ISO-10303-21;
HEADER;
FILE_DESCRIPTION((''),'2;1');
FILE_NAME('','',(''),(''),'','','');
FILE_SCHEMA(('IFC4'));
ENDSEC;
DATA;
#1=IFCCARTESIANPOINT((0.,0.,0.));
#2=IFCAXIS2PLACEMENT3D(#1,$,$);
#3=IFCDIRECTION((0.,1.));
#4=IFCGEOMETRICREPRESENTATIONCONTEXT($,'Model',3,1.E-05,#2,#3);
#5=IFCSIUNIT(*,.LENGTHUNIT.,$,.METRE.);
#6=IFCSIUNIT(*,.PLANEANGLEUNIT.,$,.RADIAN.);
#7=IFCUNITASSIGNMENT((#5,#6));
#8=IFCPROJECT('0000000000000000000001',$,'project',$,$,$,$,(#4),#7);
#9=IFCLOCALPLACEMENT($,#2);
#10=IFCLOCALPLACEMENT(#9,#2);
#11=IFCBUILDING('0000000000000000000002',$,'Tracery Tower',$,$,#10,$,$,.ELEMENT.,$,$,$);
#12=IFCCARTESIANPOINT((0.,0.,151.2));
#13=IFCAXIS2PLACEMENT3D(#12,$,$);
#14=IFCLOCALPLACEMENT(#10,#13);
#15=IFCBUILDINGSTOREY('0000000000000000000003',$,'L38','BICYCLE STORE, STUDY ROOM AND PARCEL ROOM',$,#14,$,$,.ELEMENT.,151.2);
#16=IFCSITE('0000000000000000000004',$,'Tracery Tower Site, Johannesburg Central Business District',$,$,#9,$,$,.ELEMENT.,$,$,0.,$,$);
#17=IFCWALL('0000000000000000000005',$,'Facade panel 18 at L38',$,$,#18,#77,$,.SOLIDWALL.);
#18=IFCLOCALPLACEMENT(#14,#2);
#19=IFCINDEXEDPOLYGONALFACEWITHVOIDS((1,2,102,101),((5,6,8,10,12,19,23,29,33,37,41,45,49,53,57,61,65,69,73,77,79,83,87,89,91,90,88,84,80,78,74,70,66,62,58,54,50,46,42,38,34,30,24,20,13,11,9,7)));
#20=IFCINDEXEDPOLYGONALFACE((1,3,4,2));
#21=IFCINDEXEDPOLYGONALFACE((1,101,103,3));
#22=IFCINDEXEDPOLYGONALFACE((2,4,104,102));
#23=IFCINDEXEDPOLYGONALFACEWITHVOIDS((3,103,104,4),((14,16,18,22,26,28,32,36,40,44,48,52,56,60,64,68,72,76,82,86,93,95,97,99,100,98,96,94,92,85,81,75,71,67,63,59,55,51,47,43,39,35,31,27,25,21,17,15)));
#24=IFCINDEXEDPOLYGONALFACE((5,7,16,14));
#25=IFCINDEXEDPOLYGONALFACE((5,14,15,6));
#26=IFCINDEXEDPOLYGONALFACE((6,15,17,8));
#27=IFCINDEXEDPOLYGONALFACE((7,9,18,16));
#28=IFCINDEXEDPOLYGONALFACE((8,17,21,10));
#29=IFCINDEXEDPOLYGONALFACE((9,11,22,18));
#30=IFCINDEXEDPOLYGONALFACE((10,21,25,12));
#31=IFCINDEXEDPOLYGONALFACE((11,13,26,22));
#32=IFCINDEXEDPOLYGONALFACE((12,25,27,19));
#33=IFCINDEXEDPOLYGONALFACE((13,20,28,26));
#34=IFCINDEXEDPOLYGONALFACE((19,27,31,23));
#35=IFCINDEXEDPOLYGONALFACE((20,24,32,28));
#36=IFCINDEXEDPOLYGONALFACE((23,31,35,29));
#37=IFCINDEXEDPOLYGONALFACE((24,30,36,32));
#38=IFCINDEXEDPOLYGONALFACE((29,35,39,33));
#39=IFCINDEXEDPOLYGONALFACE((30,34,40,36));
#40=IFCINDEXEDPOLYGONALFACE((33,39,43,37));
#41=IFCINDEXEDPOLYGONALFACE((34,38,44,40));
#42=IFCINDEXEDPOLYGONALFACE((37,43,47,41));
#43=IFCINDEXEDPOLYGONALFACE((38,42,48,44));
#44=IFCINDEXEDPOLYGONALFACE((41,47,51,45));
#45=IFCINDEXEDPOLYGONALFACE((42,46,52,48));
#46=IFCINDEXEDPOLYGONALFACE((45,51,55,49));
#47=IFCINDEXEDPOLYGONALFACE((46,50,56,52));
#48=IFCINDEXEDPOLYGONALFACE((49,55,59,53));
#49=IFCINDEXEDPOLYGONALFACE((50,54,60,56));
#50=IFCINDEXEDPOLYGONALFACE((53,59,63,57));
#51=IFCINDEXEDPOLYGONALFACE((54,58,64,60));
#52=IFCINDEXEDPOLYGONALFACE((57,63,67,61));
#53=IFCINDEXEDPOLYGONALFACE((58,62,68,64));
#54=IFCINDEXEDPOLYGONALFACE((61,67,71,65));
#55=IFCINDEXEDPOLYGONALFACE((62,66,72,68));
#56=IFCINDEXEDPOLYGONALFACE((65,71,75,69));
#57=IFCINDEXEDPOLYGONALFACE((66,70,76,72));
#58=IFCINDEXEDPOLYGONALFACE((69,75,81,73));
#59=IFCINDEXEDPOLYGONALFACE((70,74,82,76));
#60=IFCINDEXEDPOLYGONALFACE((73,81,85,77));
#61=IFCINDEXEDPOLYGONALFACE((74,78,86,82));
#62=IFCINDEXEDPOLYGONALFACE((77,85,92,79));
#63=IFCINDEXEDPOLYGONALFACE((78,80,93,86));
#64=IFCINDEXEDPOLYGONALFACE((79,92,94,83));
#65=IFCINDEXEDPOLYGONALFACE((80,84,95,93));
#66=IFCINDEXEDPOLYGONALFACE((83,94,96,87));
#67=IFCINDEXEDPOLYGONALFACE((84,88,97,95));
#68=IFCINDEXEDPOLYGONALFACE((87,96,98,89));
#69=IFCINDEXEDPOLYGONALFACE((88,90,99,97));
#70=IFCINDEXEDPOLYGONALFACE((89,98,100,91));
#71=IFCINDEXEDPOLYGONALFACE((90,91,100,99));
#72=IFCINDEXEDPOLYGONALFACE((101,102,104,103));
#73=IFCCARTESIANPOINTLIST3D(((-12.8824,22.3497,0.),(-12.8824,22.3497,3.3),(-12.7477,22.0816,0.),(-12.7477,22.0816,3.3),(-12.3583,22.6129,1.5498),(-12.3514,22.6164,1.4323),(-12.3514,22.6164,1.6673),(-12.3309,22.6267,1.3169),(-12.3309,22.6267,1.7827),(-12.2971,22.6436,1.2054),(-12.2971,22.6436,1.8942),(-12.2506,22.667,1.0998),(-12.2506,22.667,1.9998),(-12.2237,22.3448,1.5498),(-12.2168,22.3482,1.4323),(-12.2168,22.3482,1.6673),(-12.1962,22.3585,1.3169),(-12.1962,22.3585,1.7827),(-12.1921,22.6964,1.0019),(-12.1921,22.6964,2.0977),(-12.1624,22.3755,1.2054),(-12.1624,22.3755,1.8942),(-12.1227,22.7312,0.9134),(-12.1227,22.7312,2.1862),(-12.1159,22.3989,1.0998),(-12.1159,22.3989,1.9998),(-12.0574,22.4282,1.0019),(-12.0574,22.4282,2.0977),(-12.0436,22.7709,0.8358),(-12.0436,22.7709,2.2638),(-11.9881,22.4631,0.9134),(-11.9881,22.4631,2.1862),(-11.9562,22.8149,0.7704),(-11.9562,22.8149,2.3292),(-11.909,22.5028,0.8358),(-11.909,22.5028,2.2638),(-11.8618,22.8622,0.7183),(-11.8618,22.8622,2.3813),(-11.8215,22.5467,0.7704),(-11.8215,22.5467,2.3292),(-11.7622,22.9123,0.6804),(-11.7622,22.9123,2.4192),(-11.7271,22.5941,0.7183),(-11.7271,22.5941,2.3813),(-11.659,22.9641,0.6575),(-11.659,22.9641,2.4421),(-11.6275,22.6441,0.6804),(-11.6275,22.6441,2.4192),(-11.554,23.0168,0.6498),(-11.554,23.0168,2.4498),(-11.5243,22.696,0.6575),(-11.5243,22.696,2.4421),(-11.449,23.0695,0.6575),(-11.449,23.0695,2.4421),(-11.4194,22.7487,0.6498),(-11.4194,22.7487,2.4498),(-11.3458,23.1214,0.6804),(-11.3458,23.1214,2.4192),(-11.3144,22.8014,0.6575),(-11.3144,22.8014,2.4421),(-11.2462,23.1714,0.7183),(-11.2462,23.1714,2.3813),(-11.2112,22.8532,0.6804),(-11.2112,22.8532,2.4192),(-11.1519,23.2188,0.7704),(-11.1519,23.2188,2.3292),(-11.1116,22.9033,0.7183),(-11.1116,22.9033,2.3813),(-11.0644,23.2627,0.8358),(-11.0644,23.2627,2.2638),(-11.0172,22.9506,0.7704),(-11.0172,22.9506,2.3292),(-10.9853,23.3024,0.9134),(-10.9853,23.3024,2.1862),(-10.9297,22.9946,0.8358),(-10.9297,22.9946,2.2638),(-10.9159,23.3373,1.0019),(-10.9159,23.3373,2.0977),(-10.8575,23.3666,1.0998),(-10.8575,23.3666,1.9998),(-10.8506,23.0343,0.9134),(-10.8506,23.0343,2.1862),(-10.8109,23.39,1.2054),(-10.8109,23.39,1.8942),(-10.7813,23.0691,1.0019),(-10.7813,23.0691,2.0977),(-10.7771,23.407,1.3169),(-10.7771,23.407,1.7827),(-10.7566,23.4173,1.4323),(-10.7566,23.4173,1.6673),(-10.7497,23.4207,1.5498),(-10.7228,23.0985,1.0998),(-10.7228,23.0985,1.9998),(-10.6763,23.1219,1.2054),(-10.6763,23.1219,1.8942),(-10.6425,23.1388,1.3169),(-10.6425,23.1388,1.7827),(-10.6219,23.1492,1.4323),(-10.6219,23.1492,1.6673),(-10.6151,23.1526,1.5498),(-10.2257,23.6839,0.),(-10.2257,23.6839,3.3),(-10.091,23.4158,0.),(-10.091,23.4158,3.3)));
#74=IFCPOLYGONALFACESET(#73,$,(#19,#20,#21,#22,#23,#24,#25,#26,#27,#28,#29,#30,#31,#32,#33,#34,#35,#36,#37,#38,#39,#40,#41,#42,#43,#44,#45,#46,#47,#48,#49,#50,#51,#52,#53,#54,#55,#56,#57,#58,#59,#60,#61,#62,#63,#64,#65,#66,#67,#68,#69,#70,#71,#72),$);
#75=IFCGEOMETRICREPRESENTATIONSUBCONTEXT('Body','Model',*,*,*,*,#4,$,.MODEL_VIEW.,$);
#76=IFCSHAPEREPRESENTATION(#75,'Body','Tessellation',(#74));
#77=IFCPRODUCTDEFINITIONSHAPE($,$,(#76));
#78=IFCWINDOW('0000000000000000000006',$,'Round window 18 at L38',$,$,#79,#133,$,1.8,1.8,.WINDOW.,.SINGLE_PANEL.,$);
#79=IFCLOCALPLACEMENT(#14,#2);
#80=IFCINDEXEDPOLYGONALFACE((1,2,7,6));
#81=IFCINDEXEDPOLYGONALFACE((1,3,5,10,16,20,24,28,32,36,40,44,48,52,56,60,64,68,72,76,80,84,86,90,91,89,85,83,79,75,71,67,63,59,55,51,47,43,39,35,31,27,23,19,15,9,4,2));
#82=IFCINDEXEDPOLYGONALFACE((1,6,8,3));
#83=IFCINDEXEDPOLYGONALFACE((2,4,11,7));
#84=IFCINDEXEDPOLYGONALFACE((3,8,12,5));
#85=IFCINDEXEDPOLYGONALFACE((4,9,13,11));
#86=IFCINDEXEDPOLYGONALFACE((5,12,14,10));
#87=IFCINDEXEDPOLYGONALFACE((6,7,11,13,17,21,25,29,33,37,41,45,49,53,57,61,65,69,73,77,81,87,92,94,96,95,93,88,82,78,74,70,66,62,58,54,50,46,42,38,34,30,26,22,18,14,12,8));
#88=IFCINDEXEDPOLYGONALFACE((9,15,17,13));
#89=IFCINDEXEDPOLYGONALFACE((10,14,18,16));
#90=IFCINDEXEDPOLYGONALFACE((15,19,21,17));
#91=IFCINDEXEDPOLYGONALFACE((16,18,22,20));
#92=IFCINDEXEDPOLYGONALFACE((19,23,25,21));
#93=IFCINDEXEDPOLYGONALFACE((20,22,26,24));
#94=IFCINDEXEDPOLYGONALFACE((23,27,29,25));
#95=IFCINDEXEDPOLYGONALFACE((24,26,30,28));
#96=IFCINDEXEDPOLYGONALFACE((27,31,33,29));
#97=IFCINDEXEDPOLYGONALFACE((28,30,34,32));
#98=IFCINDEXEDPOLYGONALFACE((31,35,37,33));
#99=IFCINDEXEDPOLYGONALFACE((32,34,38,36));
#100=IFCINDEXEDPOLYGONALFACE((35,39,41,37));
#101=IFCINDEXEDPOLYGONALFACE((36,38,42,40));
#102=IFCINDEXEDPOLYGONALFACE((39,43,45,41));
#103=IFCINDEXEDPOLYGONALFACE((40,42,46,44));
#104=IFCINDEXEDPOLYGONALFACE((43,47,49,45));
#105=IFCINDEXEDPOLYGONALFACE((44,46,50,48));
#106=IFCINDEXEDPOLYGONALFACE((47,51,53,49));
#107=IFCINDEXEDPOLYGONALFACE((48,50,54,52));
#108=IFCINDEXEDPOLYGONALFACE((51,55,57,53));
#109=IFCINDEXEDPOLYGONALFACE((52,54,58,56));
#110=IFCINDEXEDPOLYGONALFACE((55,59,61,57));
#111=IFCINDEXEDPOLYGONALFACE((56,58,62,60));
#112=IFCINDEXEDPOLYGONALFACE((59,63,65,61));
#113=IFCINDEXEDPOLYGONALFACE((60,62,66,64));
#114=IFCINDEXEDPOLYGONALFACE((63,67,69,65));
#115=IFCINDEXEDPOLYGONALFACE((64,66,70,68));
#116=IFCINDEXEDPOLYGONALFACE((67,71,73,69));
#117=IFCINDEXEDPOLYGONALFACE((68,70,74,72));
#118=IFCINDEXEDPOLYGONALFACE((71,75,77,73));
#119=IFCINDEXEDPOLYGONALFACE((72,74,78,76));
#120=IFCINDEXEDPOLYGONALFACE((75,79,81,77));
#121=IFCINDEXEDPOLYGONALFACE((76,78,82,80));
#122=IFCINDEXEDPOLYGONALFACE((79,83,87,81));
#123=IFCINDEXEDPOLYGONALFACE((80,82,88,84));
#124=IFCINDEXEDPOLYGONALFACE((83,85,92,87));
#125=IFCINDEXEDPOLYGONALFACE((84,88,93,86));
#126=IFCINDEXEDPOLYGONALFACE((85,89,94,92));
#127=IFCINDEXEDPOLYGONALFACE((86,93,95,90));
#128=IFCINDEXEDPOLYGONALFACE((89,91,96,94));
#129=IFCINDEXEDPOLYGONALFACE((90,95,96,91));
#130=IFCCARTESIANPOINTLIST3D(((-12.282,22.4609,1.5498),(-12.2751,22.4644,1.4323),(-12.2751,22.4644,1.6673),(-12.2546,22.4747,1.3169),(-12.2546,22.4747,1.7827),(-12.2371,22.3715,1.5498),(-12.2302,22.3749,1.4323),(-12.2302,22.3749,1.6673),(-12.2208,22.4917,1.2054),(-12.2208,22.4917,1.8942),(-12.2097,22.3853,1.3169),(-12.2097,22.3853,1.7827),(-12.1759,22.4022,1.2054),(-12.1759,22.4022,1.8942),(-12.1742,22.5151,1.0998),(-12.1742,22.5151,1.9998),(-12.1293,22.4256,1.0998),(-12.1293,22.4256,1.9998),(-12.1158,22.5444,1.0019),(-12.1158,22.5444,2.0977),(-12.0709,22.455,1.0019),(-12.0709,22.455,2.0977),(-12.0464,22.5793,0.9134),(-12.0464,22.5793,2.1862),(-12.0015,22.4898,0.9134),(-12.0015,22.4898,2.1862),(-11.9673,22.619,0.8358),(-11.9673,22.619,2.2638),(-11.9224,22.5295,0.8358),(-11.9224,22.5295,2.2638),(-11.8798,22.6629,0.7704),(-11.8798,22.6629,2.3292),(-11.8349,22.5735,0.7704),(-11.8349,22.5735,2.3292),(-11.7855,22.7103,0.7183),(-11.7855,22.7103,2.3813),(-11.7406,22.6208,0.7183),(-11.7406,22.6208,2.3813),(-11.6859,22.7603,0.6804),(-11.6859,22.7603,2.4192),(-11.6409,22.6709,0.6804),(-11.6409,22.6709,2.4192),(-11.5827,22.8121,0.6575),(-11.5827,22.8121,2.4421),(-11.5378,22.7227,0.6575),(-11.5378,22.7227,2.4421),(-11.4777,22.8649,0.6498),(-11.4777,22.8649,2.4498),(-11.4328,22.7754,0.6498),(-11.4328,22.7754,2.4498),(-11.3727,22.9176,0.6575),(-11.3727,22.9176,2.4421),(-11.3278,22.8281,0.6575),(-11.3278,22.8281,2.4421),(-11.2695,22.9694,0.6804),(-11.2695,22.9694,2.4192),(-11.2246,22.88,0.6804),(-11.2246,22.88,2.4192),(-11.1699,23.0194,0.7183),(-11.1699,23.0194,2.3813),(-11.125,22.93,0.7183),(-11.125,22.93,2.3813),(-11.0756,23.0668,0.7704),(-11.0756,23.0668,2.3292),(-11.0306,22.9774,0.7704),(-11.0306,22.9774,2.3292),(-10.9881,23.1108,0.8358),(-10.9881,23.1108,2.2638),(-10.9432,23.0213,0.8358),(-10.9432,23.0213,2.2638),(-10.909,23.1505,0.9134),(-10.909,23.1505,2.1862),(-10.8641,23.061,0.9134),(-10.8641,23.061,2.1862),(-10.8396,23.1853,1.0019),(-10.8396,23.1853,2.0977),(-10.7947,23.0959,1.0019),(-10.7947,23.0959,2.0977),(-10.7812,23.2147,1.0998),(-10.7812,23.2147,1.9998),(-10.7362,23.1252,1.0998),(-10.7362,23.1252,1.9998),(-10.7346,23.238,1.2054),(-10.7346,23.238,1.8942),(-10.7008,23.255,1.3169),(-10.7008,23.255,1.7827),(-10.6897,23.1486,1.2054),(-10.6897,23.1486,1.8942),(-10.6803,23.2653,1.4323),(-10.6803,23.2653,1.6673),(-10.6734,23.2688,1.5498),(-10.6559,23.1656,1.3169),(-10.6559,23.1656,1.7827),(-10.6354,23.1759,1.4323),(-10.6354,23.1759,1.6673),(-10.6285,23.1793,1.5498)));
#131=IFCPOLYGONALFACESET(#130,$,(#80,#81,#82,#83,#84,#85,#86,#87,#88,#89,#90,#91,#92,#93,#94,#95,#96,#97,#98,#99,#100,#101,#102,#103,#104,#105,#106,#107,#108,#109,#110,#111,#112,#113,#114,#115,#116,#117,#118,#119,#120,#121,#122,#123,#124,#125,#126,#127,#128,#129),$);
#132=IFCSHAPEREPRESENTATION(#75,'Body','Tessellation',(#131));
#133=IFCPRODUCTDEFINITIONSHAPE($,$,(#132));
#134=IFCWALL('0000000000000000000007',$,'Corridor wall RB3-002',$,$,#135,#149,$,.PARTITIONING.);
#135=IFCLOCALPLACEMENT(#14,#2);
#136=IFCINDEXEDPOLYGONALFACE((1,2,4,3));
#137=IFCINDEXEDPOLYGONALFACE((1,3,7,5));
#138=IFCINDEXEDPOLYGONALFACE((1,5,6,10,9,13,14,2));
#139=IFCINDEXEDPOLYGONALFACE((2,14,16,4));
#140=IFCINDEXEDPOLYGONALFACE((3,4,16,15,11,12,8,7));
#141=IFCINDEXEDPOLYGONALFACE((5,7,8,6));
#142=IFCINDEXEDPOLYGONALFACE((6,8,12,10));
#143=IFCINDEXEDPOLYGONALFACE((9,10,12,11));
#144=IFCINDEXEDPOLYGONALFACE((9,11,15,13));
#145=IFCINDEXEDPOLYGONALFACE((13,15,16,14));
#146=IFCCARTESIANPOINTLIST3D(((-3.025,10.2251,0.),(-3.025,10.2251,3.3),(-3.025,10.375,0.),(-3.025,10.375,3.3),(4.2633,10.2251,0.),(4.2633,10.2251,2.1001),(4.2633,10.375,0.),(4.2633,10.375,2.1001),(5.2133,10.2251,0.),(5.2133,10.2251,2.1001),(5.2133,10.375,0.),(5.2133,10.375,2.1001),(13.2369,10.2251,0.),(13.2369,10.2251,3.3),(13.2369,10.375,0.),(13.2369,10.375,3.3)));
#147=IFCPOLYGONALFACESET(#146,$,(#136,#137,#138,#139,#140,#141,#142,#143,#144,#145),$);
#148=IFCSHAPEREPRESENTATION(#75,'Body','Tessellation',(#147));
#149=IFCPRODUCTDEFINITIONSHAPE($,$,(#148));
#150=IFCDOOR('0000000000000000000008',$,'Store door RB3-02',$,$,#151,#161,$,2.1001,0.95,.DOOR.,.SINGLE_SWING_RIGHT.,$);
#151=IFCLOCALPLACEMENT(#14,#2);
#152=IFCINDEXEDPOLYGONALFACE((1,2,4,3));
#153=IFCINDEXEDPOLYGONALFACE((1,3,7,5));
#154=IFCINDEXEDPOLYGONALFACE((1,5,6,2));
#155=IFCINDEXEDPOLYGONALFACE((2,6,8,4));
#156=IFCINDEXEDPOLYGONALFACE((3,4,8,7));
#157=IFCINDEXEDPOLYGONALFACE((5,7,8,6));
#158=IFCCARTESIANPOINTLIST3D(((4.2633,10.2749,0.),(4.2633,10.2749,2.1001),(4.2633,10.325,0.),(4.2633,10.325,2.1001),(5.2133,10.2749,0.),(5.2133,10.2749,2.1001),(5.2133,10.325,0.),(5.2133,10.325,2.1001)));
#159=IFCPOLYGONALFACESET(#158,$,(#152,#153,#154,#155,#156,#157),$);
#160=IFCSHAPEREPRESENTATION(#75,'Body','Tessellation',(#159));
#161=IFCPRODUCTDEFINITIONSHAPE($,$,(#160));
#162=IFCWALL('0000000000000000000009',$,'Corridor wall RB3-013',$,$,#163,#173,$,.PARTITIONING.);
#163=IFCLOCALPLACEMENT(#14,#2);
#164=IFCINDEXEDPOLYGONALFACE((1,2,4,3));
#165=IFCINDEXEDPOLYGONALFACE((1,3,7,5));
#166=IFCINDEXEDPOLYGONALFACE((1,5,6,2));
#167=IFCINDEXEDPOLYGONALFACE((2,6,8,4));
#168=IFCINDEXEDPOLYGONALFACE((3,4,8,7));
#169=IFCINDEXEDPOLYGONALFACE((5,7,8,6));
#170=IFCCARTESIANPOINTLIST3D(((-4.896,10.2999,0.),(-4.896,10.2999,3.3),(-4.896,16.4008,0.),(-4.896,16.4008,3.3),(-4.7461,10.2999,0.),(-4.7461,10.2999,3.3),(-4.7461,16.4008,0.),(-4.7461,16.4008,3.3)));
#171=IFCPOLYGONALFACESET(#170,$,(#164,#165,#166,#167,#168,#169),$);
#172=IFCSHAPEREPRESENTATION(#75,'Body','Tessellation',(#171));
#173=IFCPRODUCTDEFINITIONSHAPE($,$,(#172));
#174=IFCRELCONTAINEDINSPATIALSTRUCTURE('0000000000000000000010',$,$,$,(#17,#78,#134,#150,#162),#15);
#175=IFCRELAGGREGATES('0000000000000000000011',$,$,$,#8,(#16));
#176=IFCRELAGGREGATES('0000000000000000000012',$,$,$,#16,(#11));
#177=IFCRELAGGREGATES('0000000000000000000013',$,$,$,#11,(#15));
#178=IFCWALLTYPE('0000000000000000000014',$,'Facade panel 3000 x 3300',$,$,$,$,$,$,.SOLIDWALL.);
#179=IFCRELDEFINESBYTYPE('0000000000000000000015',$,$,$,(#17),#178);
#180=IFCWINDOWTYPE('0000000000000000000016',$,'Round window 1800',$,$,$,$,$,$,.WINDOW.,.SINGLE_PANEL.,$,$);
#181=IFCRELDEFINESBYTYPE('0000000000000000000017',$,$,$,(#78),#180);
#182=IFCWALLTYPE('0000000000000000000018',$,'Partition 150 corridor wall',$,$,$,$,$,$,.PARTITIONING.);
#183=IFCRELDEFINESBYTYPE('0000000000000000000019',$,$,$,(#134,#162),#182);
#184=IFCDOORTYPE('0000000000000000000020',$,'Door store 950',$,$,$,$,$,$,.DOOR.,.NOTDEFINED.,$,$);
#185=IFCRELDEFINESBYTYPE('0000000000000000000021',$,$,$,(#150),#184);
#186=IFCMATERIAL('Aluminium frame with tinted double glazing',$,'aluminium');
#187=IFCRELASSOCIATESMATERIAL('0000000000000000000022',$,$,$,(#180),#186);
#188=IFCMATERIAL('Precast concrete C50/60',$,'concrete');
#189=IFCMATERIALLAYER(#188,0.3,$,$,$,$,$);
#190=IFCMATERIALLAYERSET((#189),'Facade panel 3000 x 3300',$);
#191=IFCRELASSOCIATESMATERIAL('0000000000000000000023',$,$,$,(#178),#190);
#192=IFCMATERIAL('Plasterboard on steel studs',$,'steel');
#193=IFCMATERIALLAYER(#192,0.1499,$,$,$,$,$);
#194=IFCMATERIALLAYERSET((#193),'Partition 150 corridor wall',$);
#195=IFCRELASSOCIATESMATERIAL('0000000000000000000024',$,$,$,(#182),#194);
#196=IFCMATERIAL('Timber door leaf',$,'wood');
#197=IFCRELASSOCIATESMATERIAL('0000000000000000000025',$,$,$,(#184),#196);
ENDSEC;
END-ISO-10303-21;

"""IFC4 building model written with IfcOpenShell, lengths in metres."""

from ifc_helpers import new_model, si_unit, direction, frame, frame_2d, origin, origin_2d, place, context, subcontext, project, spatial, rectangle, circle, extrude, material, layer, layer_set, type_object, element, fill, save


model = new_model("IFC4")

# Units and contexts
model_context = context("Model", 3, precision=1e-05, world=origin(), true_north=direction((0.0, 1.0)))
body_context = subcontext(model_context, "Body", "Model", "MODEL_VIEW")
ifc_project = project(units=[si_unit("LENGTHUNIT", "METRE"), si_unit("PLANEANGLEUNIT", "RADIAN")], contexts=[model_context])

# Site, building, storey
site_placement = place(None, origin())
site = spatial("IfcSite", under=ifc_project, at=site_placement, Name="Tracery Tower Site, Johannesburg Central Business District", CompositionType="ELEMENT", RefElevation=0.0)
building_placement = place(site_placement, origin())
building = spatial("IfcBuilding", under=site, at=building_placement, Name="Tracery Tower", CompositionType="ELEMENT")
storey_placement = place(building_placement, frame((0.0, 0.0, 151.2)))
storey = spatial("IfcBuildingStorey", under=building, at=storey_placement, Name="L38", Description="BICYCLE STORE, STUDY ROOM AND PARCEL ROOM", CompositionType="ELEMENT", Elevation=151.2)

# Wall, opening, window
ifc_material_1 = material(Name="Aluminium frame with tinted double glazing", Category="aluminium")
window_type = type_object("IfcWindowType", Name="Round window 1800", PartitioningType="SINGLE_PANEL", PredefinedType="WINDOW", material=ifc_material_1)
ifc_material_2 = material(Name="Precast concrete C50/60", Category="concrete")
ifc_layer_1 = layer(ifc_material_2, 0.3)
ifc_layer_set_1 = layer_set([ifc_layer_1], Name="Facade panel 3000 x 3300")
wall_type_1 = type_object("IfcWallType", Name="Facade panel 3000 x 3300", PredefinedType="SOLIDWALL", material=ifc_layer_set_1)
wall_1_placement = place(storey_placement, frame((-10.1584, 23.5498, 0.0), z_axis=(0.0, 0.0, 1.0), x_axis=(-0.893637, -0.44879, 0.0)))
wall_1 = element("IfcWall", 1, at=wall_1_placement, inside=storey, type_object=wall_type_1, Name="Facade panel 18 at L38", PredefinedType="SOLIDWALL", context=body_context, shape_type="SweptSolid", body=[
    extrude(rectangle(XDim=2.9729, YDim=0.3, at=frame_2d((1.4863, 0.0))), origin(), (0.0, 0.0, 1.0), 3.3),
])
opening_1_placement = place(wall_1_placement, frame((1.4863, 0.0, 1.5498)))
opening_1 = element("IfcOpeningElement", 2, at=opening_1_placement, cuts=wall_1, PredefinedType="OPENING", context=body_context, shape_type="SweptSolid", body=[
    extrude(circle(Radius=0.9, at=origin_2d()), frame((0.0, 0.1599, 0.0), z_axis=(0.0, -1.0, 0.0), x_axis=(1.0, 0.0, 0.0)), (0.0, 0.0, 1.0), 0.3201),
])
window_1_placement = place(opening_1_placement, origin())
window_1 = element("IfcWindow", 3, at=window_1_placement, inside=storey, type_object=window_type, Name="Round window 18 at L38", OverallHeight=1.8, OverallWidth=1.8, PartitioningType="SINGLE_PANEL", PredefinedType="WINDOW", context=body_context, shape_type="SweptSolid", body=[
    extrude(circle(Radius=0.9, at=origin_2d()), frame((0.0, 0.1201, 0.0), z_axis=(0.0, -1.0, 0.0), x_axis=(1.0, 0.0, 0.0)), (0.0, 0.0, 1.0), 0.1001),
])
fill(opening_1, window_1)

# Wall, opening, door
ifc_material_3 = material(Name="Plasterboard on steel studs", Category="steel")
ifc_layer_2 = layer(ifc_material_3, 0.1499)
ifc_layer_set_2 = layer_set([ifc_layer_2], Name="Partition 150 corridor wall")
wall_type_2 = type_object("IfcWallType", Name="Partition 150 corridor wall", PredefinedType="PARTITIONING", material=ifc_layer_set_2)
wall_2_placement = place(storey_placement, frame((-3.0249, 10.3, 0.0), z_axis=(0.0, 0.0, 1.0), x_axis=(1.0, 0.0, 0.0)))
wall_2 = element("IfcWall", 4, at=wall_2_placement, inside=storey, type_object=wall_type_2, Name="Corridor wall RB3-002", PredefinedType="PARTITIONING", context=body_context, shape_type="SweptSolid", body=[
    extrude(rectangle(XDim=16.262, YDim=0.1499, at=frame_2d((8.1309, 0.0))), origin(), (0.0, 0.0, 1.0), 3.3),
])
opening_2_placement = place(wall_2_placement, frame((7.2881, 0.0, 0.0)))
opening_2 = element("IfcOpeningElement", 5, at=opening_2_placement, cuts=wall_2, PredefinedType="OPENING", context=body_context, shape_type="SweptSolid", body=[
    extrude(rectangle(XDim=0.95, YDim=2.1001, at=frame_2d((0.4751, 1.05))), frame((0.0, 0.075, 0.0), z_axis=(0.0, -1.0, 0.0), x_axis=(1.0, 0.0, 0.0)), (0.0, 0.0, 1.0), 0.1499),
])
ifc_material_4 = material(Name="Timber door leaf", Category="wood")
door_type_1 = type_object("IfcDoorType", Name="Door store 950", OperationType="NOTDEFINED", PredefinedType="DOOR", material=ifc_material_4)
door_1_placement = place(opening_2_placement, origin())
door_1 = element("IfcDoor", 6, at=door_1_placement, inside=storey, type_object=door_type_1, Name="Store door RB3-02", OperationType="SINGLE_SWING_RIGHT", OverallHeight=2.1001, OverallWidth=0.95, PredefinedType="DOOR", context=body_context, shape_type="SweptSolid", body=[
    extrude(rectangle(XDim=0.95, YDim=2.1001, at=frame_2d((0.4751, 1.05))), frame((0.0, 0.0249, 0.0), z_axis=(0.0, -1.0, 0.0), x_axis=(1.0, 0.0, 0.0)), (0.0, 0.0, 1.0), 0.05),
])
fill(opening_2, door_1)

# Wall
wall_3_placement = place(storey_placement, frame((-4.821, 10.3, 0.0), z_axis=(0.0, 0.0, 1.0), x_axis=(0.0, 1.0, 0.0)))
element("IfcWall", 7, at=wall_3_placement, inside=storey, type_object=wall_type_2, Name="Corridor wall RB3-013", PredefinedType="PARTITIONING", context=body_context, shape_type="SweptSolid", body=[
    extrude(rectangle(XDim=6.1008, YDim=0.1499, at=frame_2d((3.0503, 0.0))), origin(), (0.0, 0.0, 1.0), 3.3),
])

save(model, "model.ifc")
